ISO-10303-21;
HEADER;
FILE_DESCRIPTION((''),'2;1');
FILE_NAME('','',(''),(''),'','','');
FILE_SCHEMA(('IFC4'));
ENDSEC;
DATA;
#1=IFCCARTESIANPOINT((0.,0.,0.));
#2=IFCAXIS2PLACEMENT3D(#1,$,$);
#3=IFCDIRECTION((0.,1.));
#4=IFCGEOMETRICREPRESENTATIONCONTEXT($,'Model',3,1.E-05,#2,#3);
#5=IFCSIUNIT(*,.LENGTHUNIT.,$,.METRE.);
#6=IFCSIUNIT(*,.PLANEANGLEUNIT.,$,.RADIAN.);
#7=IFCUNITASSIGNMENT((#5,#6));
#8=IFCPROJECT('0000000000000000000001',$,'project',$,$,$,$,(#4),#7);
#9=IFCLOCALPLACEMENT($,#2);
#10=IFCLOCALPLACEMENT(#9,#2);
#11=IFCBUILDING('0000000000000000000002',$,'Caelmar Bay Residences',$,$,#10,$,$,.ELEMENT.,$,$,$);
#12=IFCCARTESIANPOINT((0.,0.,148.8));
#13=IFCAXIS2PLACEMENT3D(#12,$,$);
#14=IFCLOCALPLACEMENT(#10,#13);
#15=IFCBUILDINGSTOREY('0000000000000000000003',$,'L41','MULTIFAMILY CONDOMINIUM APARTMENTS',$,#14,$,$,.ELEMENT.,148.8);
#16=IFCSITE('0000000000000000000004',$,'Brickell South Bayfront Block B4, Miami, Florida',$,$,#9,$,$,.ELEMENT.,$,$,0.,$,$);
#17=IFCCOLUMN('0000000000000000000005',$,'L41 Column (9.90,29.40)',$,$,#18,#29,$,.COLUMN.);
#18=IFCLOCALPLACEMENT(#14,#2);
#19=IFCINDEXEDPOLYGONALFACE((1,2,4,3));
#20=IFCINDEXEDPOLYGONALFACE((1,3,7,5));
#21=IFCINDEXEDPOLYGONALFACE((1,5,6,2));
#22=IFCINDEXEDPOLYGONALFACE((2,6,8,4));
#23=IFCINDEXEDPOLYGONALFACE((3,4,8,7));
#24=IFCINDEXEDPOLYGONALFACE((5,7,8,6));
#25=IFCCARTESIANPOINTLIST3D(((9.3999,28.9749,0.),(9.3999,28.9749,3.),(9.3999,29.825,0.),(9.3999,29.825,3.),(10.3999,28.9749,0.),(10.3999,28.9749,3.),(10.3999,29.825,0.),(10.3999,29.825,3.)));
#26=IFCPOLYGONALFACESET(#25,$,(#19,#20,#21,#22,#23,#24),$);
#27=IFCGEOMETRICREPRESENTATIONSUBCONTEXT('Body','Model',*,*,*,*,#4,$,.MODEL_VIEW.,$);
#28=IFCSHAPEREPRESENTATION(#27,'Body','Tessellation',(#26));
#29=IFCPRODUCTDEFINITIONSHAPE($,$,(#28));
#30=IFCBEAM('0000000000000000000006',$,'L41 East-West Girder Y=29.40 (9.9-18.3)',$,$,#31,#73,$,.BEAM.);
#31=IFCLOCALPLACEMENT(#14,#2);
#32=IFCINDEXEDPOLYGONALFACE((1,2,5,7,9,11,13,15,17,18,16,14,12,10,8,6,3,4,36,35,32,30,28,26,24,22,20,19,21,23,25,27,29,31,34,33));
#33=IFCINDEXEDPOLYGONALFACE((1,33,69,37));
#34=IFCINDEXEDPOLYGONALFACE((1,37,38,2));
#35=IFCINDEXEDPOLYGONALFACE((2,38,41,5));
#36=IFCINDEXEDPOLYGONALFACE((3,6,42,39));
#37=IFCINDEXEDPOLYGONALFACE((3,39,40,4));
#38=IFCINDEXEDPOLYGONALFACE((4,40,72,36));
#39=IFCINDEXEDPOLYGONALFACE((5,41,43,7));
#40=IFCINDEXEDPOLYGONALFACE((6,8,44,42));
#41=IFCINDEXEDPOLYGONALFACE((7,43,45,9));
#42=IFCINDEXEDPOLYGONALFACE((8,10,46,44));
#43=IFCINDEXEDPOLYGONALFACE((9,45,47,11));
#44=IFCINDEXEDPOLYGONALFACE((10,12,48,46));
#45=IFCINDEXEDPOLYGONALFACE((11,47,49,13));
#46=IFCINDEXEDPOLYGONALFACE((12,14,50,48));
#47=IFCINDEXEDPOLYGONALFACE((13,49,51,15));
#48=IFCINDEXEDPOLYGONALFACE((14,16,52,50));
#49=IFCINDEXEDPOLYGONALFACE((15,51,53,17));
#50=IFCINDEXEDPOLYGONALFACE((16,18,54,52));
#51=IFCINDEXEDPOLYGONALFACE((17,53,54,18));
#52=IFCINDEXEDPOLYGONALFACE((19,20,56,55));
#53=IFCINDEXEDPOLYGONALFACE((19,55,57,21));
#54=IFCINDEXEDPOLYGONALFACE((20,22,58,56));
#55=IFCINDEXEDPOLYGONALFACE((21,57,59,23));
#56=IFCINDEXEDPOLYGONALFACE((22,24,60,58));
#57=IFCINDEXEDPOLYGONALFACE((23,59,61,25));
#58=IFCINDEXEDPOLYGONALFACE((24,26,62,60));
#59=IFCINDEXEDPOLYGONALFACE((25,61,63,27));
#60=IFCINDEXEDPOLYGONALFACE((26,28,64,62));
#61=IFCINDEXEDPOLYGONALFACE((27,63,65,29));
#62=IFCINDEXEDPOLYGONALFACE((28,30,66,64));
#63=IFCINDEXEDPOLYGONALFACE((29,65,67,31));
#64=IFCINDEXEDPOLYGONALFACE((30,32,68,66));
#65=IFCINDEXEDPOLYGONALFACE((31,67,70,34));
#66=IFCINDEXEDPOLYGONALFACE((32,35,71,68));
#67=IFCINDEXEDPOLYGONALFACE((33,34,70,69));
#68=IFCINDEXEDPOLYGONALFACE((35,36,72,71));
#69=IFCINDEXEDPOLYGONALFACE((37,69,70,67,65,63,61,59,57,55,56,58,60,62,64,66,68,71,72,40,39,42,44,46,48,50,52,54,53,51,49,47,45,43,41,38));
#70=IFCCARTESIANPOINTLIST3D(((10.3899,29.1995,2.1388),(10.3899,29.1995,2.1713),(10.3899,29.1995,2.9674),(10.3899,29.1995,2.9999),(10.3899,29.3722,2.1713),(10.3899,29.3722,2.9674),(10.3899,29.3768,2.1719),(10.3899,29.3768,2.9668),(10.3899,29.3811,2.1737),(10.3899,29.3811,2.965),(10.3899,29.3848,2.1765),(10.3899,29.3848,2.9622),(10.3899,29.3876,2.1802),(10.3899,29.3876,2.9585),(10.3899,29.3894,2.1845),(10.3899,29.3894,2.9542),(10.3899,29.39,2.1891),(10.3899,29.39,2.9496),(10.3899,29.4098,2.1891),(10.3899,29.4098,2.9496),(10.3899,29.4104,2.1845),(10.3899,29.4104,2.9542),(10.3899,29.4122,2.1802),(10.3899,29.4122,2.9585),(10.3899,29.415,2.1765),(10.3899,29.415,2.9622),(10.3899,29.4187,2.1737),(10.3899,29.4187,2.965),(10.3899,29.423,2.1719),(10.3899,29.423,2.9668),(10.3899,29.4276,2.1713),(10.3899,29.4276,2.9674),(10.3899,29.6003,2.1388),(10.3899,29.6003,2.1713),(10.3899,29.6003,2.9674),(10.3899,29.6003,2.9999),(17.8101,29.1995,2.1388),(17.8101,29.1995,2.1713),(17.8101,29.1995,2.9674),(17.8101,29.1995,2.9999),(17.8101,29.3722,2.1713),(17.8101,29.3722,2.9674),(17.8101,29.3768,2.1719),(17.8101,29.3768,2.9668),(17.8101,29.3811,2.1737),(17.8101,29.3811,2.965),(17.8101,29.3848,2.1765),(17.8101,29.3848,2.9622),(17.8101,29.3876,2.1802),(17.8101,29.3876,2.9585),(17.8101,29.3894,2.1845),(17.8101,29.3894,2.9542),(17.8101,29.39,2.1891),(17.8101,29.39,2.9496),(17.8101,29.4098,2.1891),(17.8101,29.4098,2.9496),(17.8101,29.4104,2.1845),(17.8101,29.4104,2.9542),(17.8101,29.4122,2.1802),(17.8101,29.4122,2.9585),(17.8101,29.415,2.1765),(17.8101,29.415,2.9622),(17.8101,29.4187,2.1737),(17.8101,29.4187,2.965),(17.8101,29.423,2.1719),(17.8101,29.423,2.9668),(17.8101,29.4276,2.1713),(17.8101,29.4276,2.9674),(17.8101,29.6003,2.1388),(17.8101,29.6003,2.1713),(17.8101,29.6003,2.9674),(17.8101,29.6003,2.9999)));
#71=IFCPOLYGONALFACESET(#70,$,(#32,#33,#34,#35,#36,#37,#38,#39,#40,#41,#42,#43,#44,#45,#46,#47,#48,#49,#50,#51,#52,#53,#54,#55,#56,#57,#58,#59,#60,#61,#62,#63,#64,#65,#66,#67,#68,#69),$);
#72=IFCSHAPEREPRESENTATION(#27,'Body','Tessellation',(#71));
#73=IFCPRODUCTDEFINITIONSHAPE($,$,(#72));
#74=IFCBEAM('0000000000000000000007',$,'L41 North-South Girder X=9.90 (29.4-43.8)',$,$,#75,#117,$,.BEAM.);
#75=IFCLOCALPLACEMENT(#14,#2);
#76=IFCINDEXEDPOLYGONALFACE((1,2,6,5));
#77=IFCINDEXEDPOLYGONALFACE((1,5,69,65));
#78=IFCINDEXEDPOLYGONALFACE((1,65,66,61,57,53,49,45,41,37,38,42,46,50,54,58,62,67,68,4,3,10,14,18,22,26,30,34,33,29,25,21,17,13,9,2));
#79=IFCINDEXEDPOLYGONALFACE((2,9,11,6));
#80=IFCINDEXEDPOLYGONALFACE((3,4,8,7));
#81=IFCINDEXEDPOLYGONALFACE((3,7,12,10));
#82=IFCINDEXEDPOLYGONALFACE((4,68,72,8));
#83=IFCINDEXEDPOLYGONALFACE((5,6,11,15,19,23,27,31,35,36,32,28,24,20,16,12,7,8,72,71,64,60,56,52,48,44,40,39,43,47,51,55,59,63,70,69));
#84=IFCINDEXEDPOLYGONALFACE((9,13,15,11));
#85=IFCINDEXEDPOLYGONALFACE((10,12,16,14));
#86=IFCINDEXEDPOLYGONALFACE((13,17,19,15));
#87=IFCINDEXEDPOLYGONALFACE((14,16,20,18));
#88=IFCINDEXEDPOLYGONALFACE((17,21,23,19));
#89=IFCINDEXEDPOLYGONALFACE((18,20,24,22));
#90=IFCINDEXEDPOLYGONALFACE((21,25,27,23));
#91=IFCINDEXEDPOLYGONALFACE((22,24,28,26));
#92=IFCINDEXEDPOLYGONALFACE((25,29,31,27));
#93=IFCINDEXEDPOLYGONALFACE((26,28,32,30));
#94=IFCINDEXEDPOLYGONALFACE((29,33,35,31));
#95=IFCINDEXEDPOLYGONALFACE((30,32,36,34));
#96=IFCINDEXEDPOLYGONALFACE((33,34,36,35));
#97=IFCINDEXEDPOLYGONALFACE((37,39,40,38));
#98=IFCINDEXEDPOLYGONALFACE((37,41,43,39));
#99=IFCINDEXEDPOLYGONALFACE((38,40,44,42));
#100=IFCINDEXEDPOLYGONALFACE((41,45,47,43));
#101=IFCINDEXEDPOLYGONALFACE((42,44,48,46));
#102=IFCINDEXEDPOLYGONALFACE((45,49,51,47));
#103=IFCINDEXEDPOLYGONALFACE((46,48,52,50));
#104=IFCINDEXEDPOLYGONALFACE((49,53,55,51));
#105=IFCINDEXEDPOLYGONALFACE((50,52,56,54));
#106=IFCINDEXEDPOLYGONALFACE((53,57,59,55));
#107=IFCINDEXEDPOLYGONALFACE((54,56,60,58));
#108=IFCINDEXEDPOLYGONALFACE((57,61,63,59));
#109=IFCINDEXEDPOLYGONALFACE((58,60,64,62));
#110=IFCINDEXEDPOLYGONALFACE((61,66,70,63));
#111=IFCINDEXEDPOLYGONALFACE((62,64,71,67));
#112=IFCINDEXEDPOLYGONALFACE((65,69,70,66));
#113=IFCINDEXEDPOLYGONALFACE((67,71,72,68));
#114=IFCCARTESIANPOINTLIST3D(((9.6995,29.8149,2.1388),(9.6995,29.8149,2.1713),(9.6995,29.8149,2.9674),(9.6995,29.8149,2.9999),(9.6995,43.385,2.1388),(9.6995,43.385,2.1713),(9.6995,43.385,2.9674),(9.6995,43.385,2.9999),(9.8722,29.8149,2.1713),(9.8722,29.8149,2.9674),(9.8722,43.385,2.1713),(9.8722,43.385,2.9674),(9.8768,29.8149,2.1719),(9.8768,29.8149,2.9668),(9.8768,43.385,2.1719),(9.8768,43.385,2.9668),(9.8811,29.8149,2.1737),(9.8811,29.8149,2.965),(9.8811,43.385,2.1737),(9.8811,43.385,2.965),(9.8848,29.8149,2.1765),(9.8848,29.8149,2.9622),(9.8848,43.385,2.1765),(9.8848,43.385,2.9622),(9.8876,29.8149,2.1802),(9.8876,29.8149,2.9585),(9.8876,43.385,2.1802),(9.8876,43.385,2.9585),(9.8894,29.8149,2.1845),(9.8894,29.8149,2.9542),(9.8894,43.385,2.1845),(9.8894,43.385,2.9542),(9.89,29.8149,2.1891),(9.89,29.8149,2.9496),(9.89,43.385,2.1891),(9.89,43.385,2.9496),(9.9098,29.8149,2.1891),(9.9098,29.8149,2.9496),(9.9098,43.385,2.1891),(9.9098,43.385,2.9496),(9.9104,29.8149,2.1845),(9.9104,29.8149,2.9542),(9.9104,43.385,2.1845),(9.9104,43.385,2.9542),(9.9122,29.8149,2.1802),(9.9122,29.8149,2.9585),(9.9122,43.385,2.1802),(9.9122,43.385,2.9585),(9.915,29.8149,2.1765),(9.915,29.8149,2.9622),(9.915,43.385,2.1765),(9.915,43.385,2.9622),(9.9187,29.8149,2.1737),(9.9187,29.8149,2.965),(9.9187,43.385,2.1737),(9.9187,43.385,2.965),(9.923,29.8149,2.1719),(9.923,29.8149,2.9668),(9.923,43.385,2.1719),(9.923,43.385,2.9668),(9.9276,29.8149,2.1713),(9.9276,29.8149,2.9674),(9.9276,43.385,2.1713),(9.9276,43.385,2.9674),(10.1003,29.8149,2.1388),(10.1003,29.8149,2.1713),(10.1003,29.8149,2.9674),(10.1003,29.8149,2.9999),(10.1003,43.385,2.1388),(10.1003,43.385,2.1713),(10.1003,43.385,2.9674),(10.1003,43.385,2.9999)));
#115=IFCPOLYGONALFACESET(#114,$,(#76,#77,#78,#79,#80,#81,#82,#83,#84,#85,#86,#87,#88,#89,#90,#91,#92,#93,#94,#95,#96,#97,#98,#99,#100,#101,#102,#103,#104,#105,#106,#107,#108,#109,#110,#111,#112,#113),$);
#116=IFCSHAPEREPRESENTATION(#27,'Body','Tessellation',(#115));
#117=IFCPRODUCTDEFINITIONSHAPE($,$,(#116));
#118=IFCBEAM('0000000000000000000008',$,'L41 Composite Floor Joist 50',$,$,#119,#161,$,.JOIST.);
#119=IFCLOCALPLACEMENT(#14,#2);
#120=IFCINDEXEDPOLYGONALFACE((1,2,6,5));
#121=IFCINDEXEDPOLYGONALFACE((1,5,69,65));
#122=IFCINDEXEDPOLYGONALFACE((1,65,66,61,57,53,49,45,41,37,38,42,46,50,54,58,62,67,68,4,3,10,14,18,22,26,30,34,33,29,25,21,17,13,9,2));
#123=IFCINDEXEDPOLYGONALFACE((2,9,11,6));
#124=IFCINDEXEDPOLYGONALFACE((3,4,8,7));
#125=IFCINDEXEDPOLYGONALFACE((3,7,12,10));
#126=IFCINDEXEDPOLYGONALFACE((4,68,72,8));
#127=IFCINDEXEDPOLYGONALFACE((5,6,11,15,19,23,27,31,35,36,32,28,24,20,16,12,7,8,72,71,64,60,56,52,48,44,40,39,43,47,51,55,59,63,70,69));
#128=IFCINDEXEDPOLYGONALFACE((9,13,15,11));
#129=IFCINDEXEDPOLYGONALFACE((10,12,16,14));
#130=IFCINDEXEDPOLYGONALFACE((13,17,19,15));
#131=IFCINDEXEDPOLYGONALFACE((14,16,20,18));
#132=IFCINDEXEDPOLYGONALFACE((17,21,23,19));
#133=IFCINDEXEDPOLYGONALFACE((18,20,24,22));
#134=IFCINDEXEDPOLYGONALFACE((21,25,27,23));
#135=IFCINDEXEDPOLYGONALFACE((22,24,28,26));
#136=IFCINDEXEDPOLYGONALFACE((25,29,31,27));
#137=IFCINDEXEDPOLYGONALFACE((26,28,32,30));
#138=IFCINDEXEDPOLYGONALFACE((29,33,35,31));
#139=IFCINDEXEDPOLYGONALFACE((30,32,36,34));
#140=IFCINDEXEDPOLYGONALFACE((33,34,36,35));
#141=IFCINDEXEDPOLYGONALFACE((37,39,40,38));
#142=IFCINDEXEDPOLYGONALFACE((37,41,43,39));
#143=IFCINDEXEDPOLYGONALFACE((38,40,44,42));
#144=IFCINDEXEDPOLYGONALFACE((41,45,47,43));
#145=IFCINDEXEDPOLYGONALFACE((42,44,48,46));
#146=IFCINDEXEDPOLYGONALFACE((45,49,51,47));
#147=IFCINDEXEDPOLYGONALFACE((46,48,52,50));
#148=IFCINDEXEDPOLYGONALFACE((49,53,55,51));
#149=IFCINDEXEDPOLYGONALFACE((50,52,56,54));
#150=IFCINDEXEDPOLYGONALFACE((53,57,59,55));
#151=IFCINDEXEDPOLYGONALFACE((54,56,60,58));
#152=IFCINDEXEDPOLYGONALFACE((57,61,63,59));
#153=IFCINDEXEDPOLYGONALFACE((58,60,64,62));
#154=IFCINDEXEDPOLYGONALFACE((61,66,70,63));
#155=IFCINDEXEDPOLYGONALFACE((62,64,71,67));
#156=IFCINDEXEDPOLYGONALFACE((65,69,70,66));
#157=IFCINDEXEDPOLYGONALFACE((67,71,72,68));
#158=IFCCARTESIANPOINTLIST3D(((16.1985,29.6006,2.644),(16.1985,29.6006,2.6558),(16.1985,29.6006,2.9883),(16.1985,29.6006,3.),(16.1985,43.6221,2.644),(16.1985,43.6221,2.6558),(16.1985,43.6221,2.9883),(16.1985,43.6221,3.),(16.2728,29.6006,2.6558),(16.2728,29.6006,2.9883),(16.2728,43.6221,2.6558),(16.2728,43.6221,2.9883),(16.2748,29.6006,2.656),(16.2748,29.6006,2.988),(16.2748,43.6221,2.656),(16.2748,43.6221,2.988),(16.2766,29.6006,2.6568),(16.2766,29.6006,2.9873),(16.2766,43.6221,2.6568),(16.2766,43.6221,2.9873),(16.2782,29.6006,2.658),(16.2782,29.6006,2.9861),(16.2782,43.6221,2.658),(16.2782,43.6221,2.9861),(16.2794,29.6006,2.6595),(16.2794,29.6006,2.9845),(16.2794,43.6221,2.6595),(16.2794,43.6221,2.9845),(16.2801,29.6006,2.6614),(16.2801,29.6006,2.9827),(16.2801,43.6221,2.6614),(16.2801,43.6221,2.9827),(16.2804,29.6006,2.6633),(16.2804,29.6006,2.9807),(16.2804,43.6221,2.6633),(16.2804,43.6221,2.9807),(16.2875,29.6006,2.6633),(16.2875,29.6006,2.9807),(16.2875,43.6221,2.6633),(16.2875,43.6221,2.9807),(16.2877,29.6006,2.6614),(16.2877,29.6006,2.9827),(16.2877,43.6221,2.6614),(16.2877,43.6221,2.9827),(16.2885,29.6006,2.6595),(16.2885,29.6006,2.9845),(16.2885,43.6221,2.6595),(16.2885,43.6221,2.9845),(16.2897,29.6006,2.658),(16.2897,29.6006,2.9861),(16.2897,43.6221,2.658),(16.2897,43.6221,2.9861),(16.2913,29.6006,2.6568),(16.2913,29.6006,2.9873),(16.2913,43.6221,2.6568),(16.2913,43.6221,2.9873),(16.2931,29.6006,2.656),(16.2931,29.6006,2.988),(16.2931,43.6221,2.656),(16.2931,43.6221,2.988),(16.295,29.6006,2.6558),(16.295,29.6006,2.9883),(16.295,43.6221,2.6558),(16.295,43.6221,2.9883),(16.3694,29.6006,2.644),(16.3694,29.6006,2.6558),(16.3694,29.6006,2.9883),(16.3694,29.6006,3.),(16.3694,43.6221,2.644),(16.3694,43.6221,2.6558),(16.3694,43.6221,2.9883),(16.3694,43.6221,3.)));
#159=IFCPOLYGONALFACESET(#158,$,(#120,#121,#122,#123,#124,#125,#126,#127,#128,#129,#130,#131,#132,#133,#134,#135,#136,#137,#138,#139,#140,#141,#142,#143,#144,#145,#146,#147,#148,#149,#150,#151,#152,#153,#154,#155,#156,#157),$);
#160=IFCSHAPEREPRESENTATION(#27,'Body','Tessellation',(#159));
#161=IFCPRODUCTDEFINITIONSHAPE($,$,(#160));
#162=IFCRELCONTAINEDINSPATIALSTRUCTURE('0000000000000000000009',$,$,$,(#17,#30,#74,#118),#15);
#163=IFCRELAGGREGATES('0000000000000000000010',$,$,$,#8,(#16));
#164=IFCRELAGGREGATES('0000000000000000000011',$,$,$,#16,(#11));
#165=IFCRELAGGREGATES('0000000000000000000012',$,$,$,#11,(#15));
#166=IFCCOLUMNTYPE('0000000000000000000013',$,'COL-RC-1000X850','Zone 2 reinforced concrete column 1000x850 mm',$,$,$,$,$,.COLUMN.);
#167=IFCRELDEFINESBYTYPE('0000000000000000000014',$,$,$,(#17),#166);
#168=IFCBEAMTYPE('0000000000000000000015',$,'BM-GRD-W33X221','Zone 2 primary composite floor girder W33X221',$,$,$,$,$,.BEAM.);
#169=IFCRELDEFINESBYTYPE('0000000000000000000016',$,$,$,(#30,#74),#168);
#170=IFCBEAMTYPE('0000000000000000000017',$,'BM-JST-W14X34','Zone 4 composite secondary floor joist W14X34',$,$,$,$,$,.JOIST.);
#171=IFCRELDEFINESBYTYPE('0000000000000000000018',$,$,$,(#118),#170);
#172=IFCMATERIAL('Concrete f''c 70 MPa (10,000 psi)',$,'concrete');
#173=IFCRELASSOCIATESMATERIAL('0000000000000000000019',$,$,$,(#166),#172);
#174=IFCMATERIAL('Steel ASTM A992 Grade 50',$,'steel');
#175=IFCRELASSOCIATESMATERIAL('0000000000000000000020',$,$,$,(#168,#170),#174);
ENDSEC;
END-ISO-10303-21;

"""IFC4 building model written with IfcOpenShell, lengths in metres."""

from ifc_helpers import new_model, si_unit, direction, frame, origin, origin_2d, place, context, subcontext, project, spatial, rectangle, i_section, extrude, material, material_profile, profile_set, type_object, element, save


model = new_model("IFC4")

# Units and contexts
model_context = context("Model", 3, precision=1e-05, world=origin(), true_north=direction((0.0, 1.0)))
body_context = subcontext(model_context, "Body", "Model", "MODEL_VIEW")
ifc_project = project(units=[si_unit("LENGTHUNIT", "METRE"), si_unit("PLANEANGLEUNIT", "RADIAN")], contexts=[model_context])

# Site, building, storey
site_placement = place(None, origin())
site = spatial("IfcSite", under=ifc_project, at=site_placement, Name="Brickell South Bayfront Block B4, Miami, Florida", CompositionType="ELEMENT", RefElevation=0.0)
building_placement = place(site_placement, origin())
building = spatial("IfcBuilding", under=site, at=building_placement, Name="Caelmar Bay Residences", CompositionType="ELEMENT")
storey_placement = place(building_placement, frame((0.0, 0.0, 148.8)))
storey = spatial("IfcBuildingStorey", under=building, at=storey_placement, Name="L41", Description="MULTIFAMILY CONDOMINIUM APARTMENTS", CompositionType="ELEMENT", Elevation=148.8)

# Column
ifc_material_1 = material(Name="Concrete f'c 70 MPa (10,000 psi)", Category="concrete")
ifc_material_profile_1 = material_profile(ifc_material_1, rectangle(XDim=1.0, YDim=0.8501, at=origin_2d()), Name="RC-COL-1000X850")
ifc_profile_set_1 = profile_set([ifc_material_profile_1], Name="Concrete f'c 70 MPa (10,000 psi)")
column_type = type_object("IfcColumnType", Name="COL-RC-1000X850", Description="Zone 2 reinforced concrete column 1000x850 mm", PredefinedType="COLUMN", material=ifc_profile_set_1)
column_placement = place(storey_placement, frame((9.8999, 29.3999, 0.0), z_axis=(0.0, 0.0, 1.0), x_axis=(1.0, 0.0, 0.0)))
element("IfcColumn", 1, at=column_placement, inside=storey, type_object=column_type, Name="L41 Column (9.90,29.40)", PredefinedType="COLUMN", context=body_context, shape_type="SweptSolid", body=[
    extrude(rectangle(XDim=1.0, YDim=0.8501, at=origin_2d()), origin(), (0.0, 0.0, 1.0), 3.0),
])

# Beams
ifc_material_2 = material(Name="Steel ASTM A992 Grade 50", Category="steel")
ifc_material_profile_2 = material_profile(ifc_material_2, i_section(OverallWidth=0.4009, OverallDepth=0.8611, WebThickness=0.0198, FlangeThickness=0.0325, FilletRadius=0.0178, at=origin_2d()), Name="W33X221")
ifc_profile_set_2 = profile_set([ifc_material_profile_2], Name="Steel ASTM A992 Grade 50")
beam_type_1 = type_object("IfcBeamType", Name="BM-GRD-W33X221", Description="Zone 2 primary composite floor girder W33X221", PredefinedType="BEAM", material=ifc_profile_set_2)
beam_1_placement = place(storey_placement, frame((10.3899, 29.3999, 2.5693), z_axis=(1.0, 0.0, 0.0), x_axis=(0.0, 1.0, 0.0)))
element("IfcBeam", 2, at=beam_1_placement, inside=storey, type_object=beam_type_1, Name="L41 East-West Girder Y=29.40 (9.9-18.3)", PredefinedType="BEAM", context=body_context, shape_type="SweptSolid", body=[
    extrude(i_section(OverallWidth=0.4009, OverallDepth=0.8611, WebThickness=0.0198, FlangeThickness=0.0325, FilletRadius=0.0178, at=origin_2d()), origin(), (0.0, 0.0, 1.0), 7.4202),
])
beam_2_placement = place(storey_placement, frame((9.8999, 29.8149, 2.5693), z_axis=(0.0, 1.0, 0.0), x_axis=(-1.0, 0.0, 0.0)))
element("IfcBeam", 3, at=beam_2_placement, inside=storey, type_object=beam_type_1, Name="L41 North-South Girder X=9.90 (29.4-43.8)", PredefinedType="BEAM", context=body_context, shape_type="SweptSolid", body=[
    extrude(i_section(OverallWidth=0.4009, OverallDepth=0.8611, WebThickness=0.0198, FlangeThickness=0.0325, FilletRadius=0.0178, at=origin_2d()), origin(), (0.0, 0.0, 1.0), 13.5701),
])
ifc_material_profile_3 = material_profile(ifc_material_2, i_section(OverallWidth=0.1709, OverallDepth=0.356, WebThickness=0.0071, FlangeThickness=0.0117, FilletRadius=0.0076, at=origin_2d()), Name="W14X34")
ifc_profile_set_3 = profile_set([ifc_material_profile_3], Name="Steel ASTM A992 Grade 50")
beam_type_2 = type_object("IfcBeamType", Name="BM-JST-W14X34", Description="Zone 4 composite secondary floor joist W14X34", PredefinedType="JOIST", material=ifc_profile_set_3)
beam_3_placement = place(storey_placement, frame((16.2839, 29.6006, 2.822), z_axis=(0.0, 1.0, 0.0), x_axis=(-1.0, 0.0, 0.0)))
element("IfcBeam", 4, at=beam_3_placement, inside=storey, type_object=beam_type_2, Name="L41 Composite Floor Joist 50", PredefinedType="JOIST", context=body_context, shape_type="SweptSolid", body=[
    extrude(i_section(OverallWidth=0.1709, OverallDepth=0.356, WebThickness=0.0071, FlangeThickness=0.0117, FilletRadius=0.0076, at=origin_2d()), origin(), (0.0, 0.0, 1.0), 14.0215),
])

save(model, "model.ifc")
